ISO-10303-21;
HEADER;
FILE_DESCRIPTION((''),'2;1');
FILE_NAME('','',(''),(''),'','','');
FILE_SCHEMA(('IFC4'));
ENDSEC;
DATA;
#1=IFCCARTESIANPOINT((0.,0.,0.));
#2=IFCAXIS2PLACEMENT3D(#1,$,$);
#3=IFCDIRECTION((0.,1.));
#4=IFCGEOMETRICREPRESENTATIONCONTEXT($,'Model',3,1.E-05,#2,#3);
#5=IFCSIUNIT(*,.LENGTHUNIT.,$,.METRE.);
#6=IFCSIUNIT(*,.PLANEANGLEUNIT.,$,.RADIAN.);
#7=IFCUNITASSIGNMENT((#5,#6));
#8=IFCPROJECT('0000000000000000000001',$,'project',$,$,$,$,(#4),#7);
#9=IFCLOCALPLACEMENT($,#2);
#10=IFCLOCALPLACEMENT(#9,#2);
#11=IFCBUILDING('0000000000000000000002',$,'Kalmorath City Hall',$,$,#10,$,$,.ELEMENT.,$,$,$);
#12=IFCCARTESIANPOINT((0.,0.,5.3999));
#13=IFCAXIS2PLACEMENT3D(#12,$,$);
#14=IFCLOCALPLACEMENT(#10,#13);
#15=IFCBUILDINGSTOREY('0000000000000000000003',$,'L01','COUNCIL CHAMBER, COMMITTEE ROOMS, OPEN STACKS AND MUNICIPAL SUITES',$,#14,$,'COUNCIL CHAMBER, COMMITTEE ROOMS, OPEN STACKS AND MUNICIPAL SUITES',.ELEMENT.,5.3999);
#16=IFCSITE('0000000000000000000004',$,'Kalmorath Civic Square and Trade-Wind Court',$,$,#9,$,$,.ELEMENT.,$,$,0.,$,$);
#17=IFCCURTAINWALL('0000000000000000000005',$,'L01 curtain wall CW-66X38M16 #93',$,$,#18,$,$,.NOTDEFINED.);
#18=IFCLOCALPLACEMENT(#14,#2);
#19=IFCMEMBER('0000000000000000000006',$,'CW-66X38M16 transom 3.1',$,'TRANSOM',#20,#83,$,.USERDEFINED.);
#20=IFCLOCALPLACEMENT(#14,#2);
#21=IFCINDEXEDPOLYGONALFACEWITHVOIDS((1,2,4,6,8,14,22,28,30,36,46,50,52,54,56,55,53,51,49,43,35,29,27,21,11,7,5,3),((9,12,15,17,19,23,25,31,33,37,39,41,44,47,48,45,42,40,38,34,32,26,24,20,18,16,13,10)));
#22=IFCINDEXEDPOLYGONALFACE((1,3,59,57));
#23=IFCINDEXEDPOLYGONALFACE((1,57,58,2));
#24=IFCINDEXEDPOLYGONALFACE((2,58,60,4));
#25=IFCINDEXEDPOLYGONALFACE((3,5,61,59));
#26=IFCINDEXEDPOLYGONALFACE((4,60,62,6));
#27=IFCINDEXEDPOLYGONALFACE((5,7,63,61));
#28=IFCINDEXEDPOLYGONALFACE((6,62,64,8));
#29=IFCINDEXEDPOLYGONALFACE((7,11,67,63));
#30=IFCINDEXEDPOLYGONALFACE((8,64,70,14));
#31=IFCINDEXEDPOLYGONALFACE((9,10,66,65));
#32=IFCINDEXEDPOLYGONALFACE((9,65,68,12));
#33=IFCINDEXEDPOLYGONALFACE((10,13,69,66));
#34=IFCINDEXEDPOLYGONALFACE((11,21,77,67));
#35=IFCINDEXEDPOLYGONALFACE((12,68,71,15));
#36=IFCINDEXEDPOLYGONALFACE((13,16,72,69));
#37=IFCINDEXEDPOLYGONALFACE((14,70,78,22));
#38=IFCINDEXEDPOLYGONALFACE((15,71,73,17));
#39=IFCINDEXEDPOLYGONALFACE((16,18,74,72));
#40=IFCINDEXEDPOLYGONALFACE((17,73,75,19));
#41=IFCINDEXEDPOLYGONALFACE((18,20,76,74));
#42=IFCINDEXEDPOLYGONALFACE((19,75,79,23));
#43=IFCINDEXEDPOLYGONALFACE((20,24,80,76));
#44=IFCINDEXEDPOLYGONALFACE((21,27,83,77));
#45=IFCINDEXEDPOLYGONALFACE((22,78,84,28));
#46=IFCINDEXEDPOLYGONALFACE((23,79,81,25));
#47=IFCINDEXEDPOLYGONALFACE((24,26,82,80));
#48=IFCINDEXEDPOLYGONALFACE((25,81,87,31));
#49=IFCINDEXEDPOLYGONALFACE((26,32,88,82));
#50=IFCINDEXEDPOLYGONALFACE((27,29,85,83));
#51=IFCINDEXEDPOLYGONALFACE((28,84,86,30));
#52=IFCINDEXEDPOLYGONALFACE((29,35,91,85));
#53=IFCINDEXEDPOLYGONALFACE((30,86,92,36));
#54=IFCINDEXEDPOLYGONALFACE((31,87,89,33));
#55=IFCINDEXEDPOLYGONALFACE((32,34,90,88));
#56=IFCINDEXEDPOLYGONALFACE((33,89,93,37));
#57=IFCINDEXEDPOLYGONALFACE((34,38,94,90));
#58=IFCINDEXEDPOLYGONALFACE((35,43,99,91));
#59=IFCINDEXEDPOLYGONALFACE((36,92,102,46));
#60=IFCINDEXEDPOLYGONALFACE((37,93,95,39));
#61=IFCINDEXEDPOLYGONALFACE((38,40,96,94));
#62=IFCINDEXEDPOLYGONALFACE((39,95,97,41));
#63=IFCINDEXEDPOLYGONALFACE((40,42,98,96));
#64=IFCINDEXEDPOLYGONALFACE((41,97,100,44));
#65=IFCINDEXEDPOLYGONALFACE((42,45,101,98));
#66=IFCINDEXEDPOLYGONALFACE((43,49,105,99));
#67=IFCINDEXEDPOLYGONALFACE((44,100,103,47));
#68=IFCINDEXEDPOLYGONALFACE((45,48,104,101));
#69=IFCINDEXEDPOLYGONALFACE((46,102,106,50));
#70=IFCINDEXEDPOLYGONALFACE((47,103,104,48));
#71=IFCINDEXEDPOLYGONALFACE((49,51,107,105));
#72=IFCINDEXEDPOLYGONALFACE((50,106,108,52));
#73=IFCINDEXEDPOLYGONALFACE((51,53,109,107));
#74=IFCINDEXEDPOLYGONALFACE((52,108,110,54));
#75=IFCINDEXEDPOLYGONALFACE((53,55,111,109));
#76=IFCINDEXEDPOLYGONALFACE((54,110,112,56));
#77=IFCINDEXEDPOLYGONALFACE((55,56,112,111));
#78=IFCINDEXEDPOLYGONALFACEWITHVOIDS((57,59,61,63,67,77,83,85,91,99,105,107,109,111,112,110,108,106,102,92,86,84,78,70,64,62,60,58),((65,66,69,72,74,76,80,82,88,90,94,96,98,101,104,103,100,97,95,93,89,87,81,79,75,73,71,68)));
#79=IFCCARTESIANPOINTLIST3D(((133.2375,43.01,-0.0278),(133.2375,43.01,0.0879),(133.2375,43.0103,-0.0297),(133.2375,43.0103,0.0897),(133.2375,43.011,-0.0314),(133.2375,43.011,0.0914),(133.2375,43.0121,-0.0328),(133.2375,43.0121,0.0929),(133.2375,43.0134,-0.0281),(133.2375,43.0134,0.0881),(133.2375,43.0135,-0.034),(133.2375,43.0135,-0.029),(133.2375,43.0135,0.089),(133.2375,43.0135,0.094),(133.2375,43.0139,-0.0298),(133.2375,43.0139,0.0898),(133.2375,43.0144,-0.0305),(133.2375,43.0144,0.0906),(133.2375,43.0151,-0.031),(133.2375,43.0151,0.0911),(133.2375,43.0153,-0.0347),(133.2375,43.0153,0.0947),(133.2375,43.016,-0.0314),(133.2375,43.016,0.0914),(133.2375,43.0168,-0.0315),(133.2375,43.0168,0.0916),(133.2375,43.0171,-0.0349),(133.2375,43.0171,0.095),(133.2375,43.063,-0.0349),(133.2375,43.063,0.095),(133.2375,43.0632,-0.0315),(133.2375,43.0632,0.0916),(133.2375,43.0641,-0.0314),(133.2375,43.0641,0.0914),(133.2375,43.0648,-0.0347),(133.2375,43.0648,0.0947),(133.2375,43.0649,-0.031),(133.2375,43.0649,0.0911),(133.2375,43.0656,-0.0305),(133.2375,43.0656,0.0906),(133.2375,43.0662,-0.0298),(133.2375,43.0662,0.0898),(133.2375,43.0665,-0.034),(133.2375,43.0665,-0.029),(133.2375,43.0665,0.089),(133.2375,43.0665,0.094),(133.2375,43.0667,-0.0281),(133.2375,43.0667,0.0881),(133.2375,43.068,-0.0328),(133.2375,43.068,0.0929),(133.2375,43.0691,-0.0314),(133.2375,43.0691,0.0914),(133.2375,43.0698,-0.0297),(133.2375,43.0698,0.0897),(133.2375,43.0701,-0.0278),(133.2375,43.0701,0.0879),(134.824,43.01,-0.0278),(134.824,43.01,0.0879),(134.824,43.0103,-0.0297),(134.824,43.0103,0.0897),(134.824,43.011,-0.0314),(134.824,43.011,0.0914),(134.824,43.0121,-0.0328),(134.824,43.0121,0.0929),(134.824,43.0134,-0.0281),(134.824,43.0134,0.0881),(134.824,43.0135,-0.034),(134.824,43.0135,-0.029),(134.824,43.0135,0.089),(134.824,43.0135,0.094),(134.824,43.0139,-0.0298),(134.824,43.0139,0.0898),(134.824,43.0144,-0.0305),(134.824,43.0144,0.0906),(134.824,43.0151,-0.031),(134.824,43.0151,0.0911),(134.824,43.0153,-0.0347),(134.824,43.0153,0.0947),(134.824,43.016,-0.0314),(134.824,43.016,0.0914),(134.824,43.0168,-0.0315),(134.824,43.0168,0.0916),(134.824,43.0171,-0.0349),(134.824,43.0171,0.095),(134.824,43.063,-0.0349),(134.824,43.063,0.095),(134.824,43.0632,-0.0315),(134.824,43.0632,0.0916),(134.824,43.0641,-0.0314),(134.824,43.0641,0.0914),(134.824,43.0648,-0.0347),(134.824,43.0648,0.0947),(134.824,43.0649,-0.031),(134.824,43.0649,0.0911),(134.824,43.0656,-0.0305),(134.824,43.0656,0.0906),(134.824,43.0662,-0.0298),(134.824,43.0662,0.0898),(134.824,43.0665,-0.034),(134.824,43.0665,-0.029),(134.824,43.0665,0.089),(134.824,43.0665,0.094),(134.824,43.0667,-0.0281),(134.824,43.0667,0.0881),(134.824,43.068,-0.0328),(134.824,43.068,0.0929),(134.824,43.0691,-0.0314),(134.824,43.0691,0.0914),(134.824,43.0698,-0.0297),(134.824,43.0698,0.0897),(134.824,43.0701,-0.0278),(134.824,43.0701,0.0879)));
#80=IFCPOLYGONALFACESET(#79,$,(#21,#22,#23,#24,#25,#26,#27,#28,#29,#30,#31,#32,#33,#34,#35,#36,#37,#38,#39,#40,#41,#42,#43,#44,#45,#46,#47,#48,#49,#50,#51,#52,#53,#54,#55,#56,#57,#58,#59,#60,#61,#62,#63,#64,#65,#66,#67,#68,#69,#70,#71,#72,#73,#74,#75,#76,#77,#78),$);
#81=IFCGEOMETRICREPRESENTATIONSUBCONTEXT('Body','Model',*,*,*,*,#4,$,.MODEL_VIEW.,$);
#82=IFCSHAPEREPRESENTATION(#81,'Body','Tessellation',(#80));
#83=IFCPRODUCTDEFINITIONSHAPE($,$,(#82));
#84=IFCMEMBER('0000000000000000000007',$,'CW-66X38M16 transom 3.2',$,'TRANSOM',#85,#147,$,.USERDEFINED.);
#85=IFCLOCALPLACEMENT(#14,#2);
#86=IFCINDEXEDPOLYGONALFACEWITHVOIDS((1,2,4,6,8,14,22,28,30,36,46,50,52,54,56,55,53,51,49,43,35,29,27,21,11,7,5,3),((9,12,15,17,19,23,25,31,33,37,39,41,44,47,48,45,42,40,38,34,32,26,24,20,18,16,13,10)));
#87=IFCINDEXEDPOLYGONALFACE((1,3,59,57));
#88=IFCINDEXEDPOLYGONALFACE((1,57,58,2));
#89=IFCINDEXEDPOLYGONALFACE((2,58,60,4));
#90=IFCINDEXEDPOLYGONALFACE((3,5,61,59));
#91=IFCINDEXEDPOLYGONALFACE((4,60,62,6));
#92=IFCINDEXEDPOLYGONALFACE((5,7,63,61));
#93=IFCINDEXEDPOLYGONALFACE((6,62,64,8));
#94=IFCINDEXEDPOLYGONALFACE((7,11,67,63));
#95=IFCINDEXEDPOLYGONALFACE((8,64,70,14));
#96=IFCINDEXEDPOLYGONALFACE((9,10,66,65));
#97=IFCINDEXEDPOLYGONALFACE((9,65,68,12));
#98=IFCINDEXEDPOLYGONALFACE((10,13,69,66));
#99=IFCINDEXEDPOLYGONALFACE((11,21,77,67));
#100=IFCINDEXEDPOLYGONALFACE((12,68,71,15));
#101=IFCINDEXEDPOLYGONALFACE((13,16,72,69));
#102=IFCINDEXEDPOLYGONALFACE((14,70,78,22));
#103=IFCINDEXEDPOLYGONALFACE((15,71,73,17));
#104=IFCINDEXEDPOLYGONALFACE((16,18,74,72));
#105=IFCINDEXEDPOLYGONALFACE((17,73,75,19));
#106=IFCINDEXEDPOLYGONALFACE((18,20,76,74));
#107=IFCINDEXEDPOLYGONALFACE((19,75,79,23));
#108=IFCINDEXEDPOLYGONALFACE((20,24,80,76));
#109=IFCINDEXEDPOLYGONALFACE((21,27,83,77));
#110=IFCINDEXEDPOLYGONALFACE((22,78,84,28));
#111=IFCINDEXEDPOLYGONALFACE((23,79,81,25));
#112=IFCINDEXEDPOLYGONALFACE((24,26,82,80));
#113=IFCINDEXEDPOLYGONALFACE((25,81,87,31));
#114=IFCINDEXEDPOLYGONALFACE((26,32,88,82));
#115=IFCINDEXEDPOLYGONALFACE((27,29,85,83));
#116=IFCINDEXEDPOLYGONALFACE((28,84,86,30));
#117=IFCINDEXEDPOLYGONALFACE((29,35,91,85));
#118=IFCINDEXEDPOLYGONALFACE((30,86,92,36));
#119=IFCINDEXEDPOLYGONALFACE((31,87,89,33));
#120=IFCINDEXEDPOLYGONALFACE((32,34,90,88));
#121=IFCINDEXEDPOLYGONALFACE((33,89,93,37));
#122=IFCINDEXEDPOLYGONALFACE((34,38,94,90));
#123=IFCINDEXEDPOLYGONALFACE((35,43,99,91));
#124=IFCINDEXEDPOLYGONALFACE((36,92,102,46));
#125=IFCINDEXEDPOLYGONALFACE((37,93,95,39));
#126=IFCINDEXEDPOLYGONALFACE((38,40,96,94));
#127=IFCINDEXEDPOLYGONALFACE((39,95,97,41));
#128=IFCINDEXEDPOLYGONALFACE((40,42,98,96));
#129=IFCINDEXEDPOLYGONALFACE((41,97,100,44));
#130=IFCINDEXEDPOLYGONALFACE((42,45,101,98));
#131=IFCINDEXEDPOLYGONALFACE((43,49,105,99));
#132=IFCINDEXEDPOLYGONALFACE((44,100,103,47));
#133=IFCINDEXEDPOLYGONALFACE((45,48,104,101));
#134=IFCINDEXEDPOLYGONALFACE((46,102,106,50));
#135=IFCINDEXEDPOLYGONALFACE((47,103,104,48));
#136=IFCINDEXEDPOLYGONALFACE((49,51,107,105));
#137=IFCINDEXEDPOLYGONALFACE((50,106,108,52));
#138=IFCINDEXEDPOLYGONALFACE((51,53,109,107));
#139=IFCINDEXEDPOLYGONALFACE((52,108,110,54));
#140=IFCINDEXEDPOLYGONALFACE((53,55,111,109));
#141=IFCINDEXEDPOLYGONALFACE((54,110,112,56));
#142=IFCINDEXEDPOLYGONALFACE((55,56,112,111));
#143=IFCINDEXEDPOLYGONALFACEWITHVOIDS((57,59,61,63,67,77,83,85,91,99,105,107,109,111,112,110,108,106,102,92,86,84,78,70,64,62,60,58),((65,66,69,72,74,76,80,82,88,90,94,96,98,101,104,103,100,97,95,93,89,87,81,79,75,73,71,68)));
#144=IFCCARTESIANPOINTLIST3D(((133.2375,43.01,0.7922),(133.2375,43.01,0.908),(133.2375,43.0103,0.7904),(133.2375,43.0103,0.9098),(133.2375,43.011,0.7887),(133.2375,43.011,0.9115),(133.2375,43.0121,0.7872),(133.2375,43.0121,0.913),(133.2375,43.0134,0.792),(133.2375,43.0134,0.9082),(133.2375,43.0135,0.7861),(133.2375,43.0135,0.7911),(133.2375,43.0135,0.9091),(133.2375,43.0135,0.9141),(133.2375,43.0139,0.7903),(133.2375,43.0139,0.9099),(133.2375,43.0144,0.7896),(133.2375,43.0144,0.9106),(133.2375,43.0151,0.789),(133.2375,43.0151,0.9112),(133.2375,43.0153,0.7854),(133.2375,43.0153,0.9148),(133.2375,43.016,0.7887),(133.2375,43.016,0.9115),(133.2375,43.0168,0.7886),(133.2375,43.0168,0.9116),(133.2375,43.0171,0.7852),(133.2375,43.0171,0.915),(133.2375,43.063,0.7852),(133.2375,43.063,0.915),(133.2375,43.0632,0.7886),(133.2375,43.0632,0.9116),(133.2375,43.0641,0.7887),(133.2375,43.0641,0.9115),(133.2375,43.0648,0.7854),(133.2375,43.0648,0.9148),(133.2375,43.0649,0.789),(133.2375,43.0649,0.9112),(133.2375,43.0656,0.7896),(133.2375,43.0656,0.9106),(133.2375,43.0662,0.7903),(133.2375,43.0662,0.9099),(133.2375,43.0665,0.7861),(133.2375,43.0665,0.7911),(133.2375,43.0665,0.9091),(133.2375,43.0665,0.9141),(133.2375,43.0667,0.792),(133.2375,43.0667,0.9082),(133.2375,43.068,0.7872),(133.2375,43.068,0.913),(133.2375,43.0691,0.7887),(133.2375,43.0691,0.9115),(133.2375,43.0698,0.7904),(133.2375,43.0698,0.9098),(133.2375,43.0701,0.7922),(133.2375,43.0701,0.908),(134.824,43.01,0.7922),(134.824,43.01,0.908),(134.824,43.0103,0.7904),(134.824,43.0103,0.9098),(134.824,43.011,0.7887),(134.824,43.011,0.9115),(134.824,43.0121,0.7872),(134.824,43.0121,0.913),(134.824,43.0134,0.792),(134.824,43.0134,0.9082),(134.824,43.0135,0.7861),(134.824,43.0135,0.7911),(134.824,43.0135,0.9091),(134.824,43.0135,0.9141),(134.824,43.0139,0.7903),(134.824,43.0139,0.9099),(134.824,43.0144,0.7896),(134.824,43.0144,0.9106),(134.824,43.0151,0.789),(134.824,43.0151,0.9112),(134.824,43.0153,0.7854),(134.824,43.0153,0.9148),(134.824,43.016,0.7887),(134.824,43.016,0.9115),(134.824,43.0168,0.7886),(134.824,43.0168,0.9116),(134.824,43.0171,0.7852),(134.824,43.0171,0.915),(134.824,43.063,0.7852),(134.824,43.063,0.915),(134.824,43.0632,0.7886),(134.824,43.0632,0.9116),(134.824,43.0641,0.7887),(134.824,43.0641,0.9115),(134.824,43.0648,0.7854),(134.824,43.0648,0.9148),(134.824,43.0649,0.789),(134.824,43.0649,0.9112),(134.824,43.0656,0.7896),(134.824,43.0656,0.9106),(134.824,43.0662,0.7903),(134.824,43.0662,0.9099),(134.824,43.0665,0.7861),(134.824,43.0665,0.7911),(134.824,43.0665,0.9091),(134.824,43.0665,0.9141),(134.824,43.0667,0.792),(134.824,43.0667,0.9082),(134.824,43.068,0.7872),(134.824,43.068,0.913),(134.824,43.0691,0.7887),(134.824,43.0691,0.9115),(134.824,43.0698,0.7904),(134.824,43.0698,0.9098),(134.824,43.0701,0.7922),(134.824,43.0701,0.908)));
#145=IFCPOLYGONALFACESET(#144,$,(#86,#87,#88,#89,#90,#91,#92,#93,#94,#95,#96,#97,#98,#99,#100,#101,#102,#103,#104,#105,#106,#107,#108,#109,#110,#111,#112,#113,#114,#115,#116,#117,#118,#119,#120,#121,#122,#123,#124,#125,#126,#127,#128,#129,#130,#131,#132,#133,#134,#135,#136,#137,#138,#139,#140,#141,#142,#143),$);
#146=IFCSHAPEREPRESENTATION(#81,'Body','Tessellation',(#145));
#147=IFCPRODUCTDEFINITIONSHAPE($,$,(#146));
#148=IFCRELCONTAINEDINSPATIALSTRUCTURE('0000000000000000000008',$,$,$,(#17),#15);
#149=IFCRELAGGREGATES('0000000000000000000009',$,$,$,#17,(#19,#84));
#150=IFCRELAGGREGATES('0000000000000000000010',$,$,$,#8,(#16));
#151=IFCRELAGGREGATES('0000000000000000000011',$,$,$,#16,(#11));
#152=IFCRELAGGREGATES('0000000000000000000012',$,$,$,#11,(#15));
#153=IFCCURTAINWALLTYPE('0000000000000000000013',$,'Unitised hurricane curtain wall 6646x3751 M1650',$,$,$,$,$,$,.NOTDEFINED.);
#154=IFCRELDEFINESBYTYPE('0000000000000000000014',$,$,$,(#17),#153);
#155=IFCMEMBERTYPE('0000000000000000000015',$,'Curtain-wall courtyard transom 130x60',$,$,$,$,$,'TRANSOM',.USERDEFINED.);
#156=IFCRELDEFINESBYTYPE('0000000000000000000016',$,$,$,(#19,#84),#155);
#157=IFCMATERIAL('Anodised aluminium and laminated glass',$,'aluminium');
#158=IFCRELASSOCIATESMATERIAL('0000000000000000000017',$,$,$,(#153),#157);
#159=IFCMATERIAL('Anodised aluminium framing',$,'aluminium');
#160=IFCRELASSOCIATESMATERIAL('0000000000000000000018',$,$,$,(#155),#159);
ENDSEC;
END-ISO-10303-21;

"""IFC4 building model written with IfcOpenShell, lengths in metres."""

from ifc_helpers import new_model, si_unit, direction, frame, origin, origin_2d, place, context, subcontext, project, spatial, hollow_rectangle, extrude, material, material_profile, profile_set, type_object, element, aggregate, save


model = new_model("IFC4")

# Units and contexts
model_context = context("Model", 3, precision=1e-05, world=origin(), true_north=direction((0.0, 1.0)))
body_context = subcontext(model_context, "Body", "Model", "MODEL_VIEW")
ifc_project = project(units=[si_unit("LENGTHUNIT", "METRE"), si_unit("PLANEANGLEUNIT", "RADIAN")], contexts=[model_context])

# Site, building, storey
site_placement = place(None, origin())
site = spatial("IfcSite", under=ifc_project, at=site_placement, Name="Kalmorath Civic Square and Trade-Wind Court", CompositionType="ELEMENT", RefElevation=0.0)
building_placement = place(site_placement, origin())
building = spatial("IfcBuilding", under=site, at=building_placement, Name="Kalmorath City Hall", CompositionType="ELEMENT")
storey_placement = place(building_placement, frame((0.0, 0.0, 5.3999)))
storey = spatial("IfcBuildingStorey", under=building, at=storey_placement, Name="L01", Description="COUNCIL CHAMBER, COMMITTEE ROOMS, OPEN STACKS AND MUNICIPAL SUITES", LongName="COUNCIL CHAMBER, COMMITTEE ROOMS, OPEN STACKS AND MUNICIPAL SUITES", CompositionType="ELEMENT", Elevation=5.3999)

# Curtain wall, members
ifc_material_1 = material(Name="Anodised aluminium and laminated glass", Category="aluminium")
curtain_wall_type_1 = type_object("IfcCurtainWallType", Name="Unitised hurricane curtain wall 6646x3751 M1650", PredefinedType="NOTDEFINED", material=ifc_material_1)
curtain_wall_1_placement = place(storey_placement, origin())
curtain_wall_1 = element("IfcCurtainWall", 1, at=curtain_wall_1_placement, inside=storey, type_object=curtain_wall_type_1, Name="L01 curtain wall CW-66X38M16 #93", PredefinedType="NOTDEFINED")
ifc_material_2 = material(Name="Anodised aluminium framing", Category="aluminium")
ifc_material_profile_1 = material_profile(ifc_material_2, hollow_rectangle(XDim=0.0601, YDim=0.1299, WallThickness=0.0034, InnerFilletRadius=0.0034, OuterFilletRadius=0.0071, at=origin_2d()), Name="ALU-TRN-130X60X3.5")
ifc_profile_set_1 = profile_set([ifc_material_profile_1], Name="Anodised aluminium framing")
member_type_1 = type_object("IfcMemberType", Name="Curtain-wall courtyard transom 130x60", ElementType="TRANSOM", PredefinedType="USERDEFINED", material=ifc_profile_set_1)
member_1_placement = place(storey_placement, frame((133.2375, 43.04, 0.03), z_axis=(1.0, 0.0, 0.0), x_axis=(0.0, 1.0, 0.0)))
member_1 = element("IfcMember", 2, at=member_1_placement, type_object=member_type_1, Name="CW-66X38M16 transom 3.1", ObjectType="TRANSOM", PredefinedType="USERDEFINED", context=body_context, shape_type="SweptSolid", body=[
    extrude(hollow_rectangle(XDim=0.0601, YDim=0.1299, WallThickness=0.0034, InnerFilletRadius=0.0034, OuterFilletRadius=0.0071, at=origin_2d()), origin(), (0.0, 0.0, 1.0), 1.5864),
])
member_2_placement = place(storey_placement, frame((133.2375, 43.04, 0.8501), z_axis=(1.0, 0.0, 0.0), x_axis=(0.0, 1.0, 0.0)))
member_2 = element("IfcMember", 3, at=member_2_placement, type_object=member_type_1, Name="CW-66X38M16 transom 3.2", ObjectType="TRANSOM", PredefinedType="USERDEFINED", context=body_context, shape_type="SweptSolid", body=[
    extrude(hollow_rectangle(XDim=0.0601, YDim=0.1299, WallThickness=0.0034, InnerFilletRadius=0.0034, OuterFilletRadius=0.0071, at=origin_2d()), origin(), (0.0, 0.0, 1.0), 1.5864),
])

aggregate(curtain_wall_1, [member_1, member_2])

save(model, "model.ifc")
